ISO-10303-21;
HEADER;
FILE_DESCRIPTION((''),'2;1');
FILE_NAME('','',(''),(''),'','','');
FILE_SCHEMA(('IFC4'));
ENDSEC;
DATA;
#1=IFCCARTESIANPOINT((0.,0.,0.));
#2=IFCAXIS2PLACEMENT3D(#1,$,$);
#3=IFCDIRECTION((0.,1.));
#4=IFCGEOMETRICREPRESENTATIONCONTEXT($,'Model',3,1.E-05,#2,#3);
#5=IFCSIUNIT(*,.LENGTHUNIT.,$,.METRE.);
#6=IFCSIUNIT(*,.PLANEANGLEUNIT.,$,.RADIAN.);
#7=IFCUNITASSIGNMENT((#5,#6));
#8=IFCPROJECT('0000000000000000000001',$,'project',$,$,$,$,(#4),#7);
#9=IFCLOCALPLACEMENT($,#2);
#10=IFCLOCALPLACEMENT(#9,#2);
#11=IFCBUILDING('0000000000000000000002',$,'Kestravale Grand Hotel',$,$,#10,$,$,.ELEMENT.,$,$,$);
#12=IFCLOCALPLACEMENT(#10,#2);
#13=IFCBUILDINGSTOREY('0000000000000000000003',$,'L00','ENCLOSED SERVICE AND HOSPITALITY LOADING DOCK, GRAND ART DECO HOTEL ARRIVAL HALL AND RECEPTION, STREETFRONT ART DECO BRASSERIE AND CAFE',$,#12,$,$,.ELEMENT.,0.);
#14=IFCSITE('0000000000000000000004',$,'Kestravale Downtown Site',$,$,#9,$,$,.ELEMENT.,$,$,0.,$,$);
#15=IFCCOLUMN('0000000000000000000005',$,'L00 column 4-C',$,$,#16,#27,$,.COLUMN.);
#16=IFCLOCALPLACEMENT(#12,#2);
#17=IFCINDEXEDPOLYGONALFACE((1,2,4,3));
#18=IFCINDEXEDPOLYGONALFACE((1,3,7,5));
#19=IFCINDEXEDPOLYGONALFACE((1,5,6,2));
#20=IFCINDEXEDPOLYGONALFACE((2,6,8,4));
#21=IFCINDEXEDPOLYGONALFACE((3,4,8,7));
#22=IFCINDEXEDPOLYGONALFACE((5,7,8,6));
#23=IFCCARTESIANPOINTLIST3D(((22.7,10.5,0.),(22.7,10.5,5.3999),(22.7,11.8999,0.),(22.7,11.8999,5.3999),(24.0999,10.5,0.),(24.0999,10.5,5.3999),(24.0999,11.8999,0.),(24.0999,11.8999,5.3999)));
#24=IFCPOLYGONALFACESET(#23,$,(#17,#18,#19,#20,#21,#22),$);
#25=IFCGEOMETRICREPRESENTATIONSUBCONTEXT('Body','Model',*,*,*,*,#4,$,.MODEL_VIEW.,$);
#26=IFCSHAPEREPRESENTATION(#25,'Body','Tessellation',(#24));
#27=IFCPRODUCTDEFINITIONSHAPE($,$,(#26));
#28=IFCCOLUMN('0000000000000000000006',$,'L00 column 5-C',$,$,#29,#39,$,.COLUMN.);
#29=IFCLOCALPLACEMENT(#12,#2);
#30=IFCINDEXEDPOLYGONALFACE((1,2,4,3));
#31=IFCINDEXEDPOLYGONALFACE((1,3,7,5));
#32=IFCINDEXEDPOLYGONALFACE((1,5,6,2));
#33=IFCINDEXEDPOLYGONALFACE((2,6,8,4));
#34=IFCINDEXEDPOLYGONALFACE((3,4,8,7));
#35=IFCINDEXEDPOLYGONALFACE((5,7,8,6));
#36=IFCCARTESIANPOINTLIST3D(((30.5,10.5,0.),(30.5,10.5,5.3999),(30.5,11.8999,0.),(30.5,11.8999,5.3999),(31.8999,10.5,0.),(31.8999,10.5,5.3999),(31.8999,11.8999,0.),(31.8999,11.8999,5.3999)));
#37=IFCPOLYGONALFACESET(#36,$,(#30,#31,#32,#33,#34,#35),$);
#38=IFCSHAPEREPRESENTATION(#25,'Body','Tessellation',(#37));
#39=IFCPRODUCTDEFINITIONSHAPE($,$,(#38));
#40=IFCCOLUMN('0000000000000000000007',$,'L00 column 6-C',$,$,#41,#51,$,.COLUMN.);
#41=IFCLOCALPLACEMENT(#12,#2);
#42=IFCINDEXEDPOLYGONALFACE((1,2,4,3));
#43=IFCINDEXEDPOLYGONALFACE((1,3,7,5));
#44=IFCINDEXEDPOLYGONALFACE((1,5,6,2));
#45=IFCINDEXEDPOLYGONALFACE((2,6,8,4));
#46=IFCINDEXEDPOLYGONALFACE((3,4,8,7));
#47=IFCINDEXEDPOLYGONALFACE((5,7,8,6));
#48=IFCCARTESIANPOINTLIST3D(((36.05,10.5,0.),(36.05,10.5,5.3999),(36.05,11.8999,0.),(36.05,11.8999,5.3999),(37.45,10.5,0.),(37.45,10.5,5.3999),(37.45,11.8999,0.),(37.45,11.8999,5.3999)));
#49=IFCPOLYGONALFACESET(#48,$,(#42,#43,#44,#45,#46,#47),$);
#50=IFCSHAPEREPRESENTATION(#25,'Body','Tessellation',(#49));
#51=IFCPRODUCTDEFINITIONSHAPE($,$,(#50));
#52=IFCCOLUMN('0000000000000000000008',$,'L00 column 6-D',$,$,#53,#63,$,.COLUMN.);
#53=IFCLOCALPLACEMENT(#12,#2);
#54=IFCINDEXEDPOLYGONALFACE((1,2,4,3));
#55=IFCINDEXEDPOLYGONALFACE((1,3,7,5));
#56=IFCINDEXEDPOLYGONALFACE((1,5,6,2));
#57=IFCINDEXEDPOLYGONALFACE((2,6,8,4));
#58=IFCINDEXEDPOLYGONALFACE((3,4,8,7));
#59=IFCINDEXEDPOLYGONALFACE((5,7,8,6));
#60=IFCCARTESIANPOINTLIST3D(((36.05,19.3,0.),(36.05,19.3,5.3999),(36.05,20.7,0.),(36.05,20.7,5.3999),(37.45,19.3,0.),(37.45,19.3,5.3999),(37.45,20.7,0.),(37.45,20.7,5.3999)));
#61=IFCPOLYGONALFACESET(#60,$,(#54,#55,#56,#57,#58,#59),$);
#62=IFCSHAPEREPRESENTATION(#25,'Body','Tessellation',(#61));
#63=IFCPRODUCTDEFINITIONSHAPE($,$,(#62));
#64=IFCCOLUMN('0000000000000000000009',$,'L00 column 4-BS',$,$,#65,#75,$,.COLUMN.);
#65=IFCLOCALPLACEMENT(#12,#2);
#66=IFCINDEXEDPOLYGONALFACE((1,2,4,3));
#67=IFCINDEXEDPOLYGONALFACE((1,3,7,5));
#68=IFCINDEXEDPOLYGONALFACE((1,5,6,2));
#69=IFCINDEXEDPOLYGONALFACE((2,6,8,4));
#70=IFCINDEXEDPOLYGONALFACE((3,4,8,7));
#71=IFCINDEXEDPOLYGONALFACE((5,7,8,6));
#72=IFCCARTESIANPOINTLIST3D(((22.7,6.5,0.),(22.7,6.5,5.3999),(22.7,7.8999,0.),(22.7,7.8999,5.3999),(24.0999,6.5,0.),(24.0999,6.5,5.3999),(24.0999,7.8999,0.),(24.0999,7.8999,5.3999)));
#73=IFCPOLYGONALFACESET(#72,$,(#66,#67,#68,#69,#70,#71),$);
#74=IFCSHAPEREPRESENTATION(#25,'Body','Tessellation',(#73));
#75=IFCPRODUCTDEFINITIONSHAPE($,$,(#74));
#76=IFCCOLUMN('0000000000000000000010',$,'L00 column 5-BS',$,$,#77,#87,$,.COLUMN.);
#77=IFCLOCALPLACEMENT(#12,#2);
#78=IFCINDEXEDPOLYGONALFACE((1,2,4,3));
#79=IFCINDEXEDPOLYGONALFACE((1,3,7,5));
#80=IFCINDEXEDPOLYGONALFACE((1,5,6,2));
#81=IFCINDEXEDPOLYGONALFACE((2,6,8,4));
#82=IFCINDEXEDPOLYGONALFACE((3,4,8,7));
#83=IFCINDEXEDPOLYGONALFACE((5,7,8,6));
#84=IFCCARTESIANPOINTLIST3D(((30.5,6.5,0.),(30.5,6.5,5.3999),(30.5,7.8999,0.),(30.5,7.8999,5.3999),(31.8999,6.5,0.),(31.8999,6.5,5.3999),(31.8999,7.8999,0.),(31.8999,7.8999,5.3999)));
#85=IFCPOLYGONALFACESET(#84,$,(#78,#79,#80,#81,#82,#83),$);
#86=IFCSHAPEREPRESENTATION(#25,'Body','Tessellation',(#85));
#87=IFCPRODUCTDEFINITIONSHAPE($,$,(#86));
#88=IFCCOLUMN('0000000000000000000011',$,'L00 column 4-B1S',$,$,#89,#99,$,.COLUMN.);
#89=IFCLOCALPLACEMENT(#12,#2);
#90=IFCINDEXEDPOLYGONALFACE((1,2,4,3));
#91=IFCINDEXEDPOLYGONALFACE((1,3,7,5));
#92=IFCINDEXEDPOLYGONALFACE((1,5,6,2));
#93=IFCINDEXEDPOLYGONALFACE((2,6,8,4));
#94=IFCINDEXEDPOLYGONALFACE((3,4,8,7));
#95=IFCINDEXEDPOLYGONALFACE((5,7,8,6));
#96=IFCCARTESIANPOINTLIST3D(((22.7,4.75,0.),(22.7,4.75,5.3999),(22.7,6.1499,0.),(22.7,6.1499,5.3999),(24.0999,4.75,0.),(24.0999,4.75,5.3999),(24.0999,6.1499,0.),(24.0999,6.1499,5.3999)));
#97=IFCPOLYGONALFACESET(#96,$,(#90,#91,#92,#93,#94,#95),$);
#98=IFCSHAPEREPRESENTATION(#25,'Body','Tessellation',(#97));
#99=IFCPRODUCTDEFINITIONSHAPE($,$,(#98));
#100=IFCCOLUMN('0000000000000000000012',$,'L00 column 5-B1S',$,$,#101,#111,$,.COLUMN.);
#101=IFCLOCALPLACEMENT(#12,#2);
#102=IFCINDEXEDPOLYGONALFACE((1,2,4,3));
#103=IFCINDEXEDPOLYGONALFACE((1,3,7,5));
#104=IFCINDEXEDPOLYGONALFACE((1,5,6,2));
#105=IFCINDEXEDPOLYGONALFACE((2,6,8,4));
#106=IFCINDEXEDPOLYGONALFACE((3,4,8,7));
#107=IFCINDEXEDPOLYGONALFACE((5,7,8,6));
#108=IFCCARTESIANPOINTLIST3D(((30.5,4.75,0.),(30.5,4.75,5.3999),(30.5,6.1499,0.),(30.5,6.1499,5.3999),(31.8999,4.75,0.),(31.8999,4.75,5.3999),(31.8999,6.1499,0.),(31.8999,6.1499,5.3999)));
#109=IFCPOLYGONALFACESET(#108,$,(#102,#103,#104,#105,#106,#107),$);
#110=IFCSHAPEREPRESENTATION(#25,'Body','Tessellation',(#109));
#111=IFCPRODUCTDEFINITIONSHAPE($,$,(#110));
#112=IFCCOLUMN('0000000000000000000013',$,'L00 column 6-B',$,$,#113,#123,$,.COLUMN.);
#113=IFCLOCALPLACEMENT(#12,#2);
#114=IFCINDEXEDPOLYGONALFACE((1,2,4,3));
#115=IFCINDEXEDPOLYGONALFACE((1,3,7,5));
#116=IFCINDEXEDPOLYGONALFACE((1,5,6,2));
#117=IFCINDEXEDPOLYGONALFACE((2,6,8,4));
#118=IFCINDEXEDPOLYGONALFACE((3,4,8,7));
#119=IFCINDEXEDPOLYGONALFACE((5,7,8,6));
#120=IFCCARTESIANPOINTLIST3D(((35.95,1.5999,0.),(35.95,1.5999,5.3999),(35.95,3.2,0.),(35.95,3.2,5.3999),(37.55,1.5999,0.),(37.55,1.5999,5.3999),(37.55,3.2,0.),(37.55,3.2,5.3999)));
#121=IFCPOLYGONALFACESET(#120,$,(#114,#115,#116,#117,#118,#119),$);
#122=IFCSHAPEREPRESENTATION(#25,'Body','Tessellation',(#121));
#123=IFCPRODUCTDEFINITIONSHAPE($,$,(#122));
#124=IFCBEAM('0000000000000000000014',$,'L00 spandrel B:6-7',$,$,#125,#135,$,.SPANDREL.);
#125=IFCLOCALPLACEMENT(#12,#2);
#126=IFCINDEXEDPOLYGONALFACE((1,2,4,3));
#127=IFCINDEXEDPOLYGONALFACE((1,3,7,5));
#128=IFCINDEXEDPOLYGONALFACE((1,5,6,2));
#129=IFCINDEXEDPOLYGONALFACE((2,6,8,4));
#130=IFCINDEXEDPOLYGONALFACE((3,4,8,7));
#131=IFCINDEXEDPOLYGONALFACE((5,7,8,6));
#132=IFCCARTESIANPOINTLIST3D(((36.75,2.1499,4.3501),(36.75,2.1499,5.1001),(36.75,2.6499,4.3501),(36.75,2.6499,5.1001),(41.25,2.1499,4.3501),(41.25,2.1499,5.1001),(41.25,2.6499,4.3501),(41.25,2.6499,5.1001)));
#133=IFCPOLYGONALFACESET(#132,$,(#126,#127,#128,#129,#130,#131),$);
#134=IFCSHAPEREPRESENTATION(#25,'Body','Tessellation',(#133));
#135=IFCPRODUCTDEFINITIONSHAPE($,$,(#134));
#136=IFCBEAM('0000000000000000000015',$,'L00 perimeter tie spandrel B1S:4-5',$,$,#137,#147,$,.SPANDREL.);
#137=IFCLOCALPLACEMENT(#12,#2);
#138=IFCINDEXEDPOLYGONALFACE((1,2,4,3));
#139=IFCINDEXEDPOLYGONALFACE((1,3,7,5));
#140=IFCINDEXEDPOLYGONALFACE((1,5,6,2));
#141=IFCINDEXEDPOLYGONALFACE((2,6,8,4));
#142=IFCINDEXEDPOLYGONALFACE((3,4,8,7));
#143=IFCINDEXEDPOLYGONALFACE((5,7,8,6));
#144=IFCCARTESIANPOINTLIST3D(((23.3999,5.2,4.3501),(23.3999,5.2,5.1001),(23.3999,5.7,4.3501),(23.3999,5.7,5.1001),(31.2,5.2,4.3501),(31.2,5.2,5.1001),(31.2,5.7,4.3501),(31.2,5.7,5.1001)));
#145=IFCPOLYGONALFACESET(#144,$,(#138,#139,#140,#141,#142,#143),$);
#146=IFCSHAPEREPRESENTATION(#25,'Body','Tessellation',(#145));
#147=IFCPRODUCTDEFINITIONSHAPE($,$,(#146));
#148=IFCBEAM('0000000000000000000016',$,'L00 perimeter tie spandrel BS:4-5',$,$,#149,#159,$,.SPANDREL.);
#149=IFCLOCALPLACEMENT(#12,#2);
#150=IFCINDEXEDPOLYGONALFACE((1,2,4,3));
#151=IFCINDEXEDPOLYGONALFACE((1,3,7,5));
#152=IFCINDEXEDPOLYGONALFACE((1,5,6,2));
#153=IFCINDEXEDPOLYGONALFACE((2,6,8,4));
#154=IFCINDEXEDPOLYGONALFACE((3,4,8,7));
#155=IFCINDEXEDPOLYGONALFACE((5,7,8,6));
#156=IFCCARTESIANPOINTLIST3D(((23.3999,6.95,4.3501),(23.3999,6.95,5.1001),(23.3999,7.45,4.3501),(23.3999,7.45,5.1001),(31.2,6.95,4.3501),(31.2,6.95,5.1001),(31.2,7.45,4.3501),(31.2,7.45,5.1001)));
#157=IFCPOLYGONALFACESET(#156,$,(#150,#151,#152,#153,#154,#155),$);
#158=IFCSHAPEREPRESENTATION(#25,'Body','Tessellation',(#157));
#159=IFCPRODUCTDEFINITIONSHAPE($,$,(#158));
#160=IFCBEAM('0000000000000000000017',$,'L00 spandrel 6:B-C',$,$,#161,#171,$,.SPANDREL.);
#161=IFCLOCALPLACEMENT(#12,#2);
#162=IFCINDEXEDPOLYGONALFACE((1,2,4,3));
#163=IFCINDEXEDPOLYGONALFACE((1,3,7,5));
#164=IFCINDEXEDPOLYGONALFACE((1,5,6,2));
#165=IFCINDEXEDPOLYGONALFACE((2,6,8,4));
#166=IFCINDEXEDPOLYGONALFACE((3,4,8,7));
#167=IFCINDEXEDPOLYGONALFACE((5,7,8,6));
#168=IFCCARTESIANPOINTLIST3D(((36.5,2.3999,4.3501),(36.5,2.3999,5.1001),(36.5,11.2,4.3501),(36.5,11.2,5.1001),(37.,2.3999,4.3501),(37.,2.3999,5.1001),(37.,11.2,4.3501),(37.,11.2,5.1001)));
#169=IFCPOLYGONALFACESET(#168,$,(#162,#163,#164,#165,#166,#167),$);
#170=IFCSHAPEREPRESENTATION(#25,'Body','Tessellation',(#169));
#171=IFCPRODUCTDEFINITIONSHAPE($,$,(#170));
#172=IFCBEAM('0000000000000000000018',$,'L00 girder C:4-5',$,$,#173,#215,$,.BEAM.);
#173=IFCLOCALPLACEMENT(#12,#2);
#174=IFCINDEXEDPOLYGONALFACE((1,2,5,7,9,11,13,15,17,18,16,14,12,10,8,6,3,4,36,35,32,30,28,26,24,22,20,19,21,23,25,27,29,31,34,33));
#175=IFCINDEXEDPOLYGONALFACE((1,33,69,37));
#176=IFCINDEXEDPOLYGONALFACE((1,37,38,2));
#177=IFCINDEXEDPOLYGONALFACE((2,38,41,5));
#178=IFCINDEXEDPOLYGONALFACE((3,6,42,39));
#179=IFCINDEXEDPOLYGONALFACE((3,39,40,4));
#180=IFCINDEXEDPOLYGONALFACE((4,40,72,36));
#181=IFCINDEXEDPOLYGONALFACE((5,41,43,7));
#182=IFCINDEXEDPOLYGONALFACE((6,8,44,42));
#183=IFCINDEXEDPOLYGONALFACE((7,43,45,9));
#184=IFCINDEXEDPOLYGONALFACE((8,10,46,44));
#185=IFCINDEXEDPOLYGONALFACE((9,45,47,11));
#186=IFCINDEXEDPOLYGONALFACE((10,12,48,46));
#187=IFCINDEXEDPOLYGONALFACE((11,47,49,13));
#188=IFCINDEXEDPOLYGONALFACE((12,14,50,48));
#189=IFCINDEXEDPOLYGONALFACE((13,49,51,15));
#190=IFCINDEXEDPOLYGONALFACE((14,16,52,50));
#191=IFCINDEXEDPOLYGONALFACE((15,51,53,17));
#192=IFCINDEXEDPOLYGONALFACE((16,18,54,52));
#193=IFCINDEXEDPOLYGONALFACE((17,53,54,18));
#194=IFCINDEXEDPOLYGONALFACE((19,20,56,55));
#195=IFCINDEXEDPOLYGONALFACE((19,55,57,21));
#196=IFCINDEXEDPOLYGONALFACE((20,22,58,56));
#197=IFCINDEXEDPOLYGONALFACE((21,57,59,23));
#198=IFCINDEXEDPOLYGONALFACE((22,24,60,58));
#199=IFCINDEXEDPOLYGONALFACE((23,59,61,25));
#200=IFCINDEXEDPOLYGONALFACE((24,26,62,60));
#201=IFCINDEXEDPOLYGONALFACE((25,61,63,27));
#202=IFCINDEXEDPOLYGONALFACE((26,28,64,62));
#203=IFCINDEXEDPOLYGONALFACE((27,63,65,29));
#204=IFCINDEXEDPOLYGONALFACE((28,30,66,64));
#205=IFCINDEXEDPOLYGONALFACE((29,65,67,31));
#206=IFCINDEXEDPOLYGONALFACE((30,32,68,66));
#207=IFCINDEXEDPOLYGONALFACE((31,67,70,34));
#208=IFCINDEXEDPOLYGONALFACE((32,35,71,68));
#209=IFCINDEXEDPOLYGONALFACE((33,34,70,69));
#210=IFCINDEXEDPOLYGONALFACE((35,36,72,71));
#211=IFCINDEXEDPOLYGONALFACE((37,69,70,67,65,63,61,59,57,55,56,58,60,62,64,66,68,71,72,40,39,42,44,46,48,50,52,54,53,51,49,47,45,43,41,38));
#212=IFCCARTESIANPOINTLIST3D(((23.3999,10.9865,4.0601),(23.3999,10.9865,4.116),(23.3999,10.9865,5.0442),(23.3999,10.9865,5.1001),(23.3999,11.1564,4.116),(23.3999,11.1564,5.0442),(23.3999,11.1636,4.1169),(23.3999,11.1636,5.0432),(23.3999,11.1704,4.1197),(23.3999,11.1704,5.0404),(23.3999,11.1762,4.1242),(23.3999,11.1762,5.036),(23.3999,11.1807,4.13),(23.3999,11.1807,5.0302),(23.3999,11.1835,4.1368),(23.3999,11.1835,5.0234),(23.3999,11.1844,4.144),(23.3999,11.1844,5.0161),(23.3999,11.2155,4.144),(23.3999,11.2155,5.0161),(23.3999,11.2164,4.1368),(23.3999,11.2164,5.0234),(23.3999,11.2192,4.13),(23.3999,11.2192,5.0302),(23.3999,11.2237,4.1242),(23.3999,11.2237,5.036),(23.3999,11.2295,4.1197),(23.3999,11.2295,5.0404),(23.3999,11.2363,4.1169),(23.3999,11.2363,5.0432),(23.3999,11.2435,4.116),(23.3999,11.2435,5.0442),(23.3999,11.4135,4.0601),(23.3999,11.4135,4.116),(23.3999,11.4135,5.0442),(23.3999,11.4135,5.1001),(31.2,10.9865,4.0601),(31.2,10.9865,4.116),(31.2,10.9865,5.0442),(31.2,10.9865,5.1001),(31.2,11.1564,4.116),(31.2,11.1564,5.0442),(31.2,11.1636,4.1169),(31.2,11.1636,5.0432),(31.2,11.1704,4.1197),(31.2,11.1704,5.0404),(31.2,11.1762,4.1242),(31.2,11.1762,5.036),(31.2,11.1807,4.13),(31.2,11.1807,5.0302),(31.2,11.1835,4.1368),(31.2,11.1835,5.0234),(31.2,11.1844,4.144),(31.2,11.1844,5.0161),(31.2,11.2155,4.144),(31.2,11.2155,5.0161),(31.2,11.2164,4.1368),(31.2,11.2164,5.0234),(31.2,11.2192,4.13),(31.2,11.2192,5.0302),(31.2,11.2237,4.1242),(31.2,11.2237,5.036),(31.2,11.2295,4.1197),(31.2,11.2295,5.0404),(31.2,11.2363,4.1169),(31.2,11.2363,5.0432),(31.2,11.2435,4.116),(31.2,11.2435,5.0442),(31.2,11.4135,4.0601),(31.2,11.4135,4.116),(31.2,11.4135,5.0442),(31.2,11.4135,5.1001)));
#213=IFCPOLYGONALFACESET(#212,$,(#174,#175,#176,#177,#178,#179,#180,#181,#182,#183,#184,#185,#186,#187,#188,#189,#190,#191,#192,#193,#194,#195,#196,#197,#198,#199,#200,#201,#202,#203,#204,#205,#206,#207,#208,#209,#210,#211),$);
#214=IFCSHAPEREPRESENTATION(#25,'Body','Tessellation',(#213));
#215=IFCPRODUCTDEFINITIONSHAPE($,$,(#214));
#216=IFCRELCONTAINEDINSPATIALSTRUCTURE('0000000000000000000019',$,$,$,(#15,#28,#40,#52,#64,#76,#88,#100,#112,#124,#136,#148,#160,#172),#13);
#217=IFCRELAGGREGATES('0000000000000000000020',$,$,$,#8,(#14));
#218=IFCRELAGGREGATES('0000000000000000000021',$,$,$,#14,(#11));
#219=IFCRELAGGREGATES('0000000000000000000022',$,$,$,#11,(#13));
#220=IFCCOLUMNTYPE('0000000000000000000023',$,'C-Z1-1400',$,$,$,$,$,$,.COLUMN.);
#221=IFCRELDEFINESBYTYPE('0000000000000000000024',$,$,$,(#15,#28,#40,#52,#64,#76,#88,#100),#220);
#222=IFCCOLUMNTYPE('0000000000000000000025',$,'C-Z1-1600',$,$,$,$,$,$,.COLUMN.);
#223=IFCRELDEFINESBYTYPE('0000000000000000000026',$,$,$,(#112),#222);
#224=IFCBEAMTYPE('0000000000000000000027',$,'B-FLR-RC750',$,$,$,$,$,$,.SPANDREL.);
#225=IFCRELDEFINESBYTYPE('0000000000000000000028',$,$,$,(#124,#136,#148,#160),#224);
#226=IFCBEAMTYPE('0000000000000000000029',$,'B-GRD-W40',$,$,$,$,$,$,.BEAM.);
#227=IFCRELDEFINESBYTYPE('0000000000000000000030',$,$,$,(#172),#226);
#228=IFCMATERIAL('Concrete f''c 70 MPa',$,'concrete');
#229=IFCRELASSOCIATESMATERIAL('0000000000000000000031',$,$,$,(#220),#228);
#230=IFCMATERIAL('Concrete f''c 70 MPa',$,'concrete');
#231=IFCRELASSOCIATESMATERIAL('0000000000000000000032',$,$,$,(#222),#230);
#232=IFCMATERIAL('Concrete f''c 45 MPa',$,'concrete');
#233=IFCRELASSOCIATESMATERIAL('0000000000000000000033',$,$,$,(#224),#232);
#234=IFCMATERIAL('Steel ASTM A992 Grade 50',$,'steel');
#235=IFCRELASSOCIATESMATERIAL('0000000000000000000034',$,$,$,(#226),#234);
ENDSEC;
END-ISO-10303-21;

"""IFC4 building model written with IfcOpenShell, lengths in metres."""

from ifc_helpers import new_model, si_unit, direction, frame, origin, origin_2d, place, context, subcontext, project, spatial, rectangle, i_section, extrude, material, material_profile, profile_set, type_object, element, save


model = new_model("IFC4")

# Units and contexts
model_context = context("Model", 3, precision=1e-05, world=origin(), true_north=direction((0.0, 1.0)))
body_context = subcontext(model_context, "Body", "Model", "MODEL_VIEW")
ifc_project = project(units=[si_unit("LENGTHUNIT", "METRE"), si_unit("PLANEANGLEUNIT", "RADIAN")], contexts=[model_context])

# Site, building, storey
site_placement = place(None, origin())
site = spatial("IfcSite", under=ifc_project, at=site_placement, Name="Kestravale Downtown Site", CompositionType="ELEMENT", RefElevation=0.0)
building_placement = place(site_placement, origin())
building = spatial("IfcBuilding", under=site, at=building_placement, Name="Kestravale Grand Hotel", CompositionType="ELEMENT")
storey_placement = place(building_placement, origin())
storey = spatial("IfcBuildingStorey", under=building, at=storey_placement, Name="L00", Description="ENCLOSED SERVICE AND HOSPITALITY LOADING DOCK, GRAND ART DECO HOTEL ARRIVAL HALL AND RECEPTION, STREETFRONT ART DECO BRASSERIE AND CAFE", CompositionType="ELEMENT", Elevation=0.0)

# Columns
ifc_material_1 = material(Name="Concrete f'c 70 MPa", Category="concrete")
ifc_material_profile_1 = material_profile(ifc_material_1, rectangle(XDim=1.3999, YDim=1.3999, at=origin_2d()))
ifc_profile_set_1 = profile_set([ifc_material_profile_1], Name="Concrete f'c 70 MPa")
column_type_1 = type_object("IfcColumnType", Name="C-Z1-1400", PredefinedType="COLUMN", material=ifc_profile_set_1)
for number, where, z_axis, x_axis, name in (
    (1, (23.3999, 11.2, 0.0), (0.0, 0.0, 1.0), (1.0, 0.0, 0.0), "L00 column 4-C"),
    (2, (31.2, 11.2, 0.0), (0.0, 0.0, 1.0), (1.0, 0.0, 0.0), "L00 column 5-C"),
    (3, (36.75, 11.2, 0.0), (0.0, 0.0, 1.0), (1.0, 0.0, 0.0), "L00 column 6-C"),
    (4, (36.75, 20.0, 0.0), (0.0, 0.0, 1.0), (1.0, 0.0, 0.0), "L00 column 6-D"),
    (5, (23.3999, 7.2, 0.0), (0.0, 0.0, 1.0), (1.0, 0.0, 0.0), "L00 column 4-BS"),
    (6, (31.2, 7.2, 0.0), (0.0, 0.0, 1.0), (1.0, 0.0, 0.0), "L00 column 5-BS"),
    (7, (23.3999, 5.45, 0.0), (0.0, 0.0, 1.0), (1.0, 0.0, 0.0), "L00 column 4-B1S"),
    (8, (31.2, 5.45, 0.0), (0.0, 0.0, 1.0), (1.0, 0.0, 0.0), "L00 column 5-B1S"),
):
    element("IfcColumn", number, at=place(storey_placement, frame(where, z_axis=z_axis, x_axis=x_axis)), inside=storey, type_object=column_type_1, Name=name, PredefinedType="COLUMN", context=body_context, shape_type="SweptSolid", body=[
        extrude(rectangle(XDim=1.3999, YDim=1.3999, at=origin_2d()), origin(), (0.0, 0.0, 1.0), 5.3999),
    ])
ifc_material_2 = material(Name="Concrete f'c 70 MPa", Category="concrete")
ifc_material_profile_2 = material_profile(ifc_material_2, rectangle(XDim=1.6001, YDim=1.6001, at=origin_2d()))
ifc_profile_set_2 = profile_set([ifc_material_profile_2], Name="Concrete f'c 70 MPa")
column_type_2 = type_object("IfcColumnType", Name="C-Z1-1600", PredefinedType="COLUMN", material=ifc_profile_set_2)
column_placement = place(storey_placement, frame((36.75, 2.3999, 0.0), z_axis=(0.0, 0.0, 1.0), x_axis=(1.0, 0.0, 0.0)))
element("IfcColumn", 9, at=column_placement, inside=storey, type_object=column_type_2, Name="L00 column 6-B", PredefinedType="COLUMN", context=body_context, shape_type="SweptSolid", body=[
    extrude(rectangle(XDim=1.6001, YDim=1.6001, at=origin_2d()), origin(), (0.0, 0.0, 1.0), 5.3999),
])

# Beams
ifc_material_3 = material(Name="Concrete f'c 45 MPa", Category="concrete")
ifc_material_profile_3 = material_profile(ifc_material_3, rectangle(XDim=0.5, YDim=0.75, at=origin_2d()))
ifc_profile_set_3 = profile_set([ifc_material_profile_3], Name="Concrete f'c 45 MPa")
beam_type_1 = type_object("IfcBeamType", Name="B-FLR-RC750", PredefinedType="SPANDREL", material=ifc_profile_set_3)
beam_1_placement = place(storey_placement, frame((36.75, 2.3999, 4.7251), z_axis=(1.0, 0.0, 0.0), x_axis=(0.0, 1.0, 0.0)))
element("IfcBeam", 10, at=beam_1_placement, inside=storey, type_object=beam_type_1, Name="L00 spandrel B:6-7", PredefinedType="SPANDREL", context=body_context, shape_type="SweptSolid", body=[
    extrude(rectangle(XDim=0.5, YDim=0.75, at=origin_2d()), origin(), (0.0, 0.0, 1.0), 4.5),
])
for number, where, z_axis, x_axis, name in (
    (11, (23.3999, 5.45, 4.7251), (1.0, 0.0, 0.0), (0.0, 1.0, 0.0), "L00 perimeter tie spandrel B1S:4-5"),
    (12, (23.3999, 7.2, 4.7251), (1.0, 0.0, 0.0), (0.0, 1.0, 0.0), "L00 perimeter tie spandrel BS:4-5"),
):
    element("IfcBeam", number, at=place(storey_placement, frame(where, z_axis=z_axis, x_axis=x_axis)), inside=storey, type_object=beam_type_1, Name=name, PredefinedType="SPANDREL", context=body_context, shape_type="SweptSolid", body=[
        extrude(rectangle(XDim=0.5, YDim=0.75, at=origin_2d()), origin(), (0.0, 0.0, 1.0), 7.8),
    ])
beam_2_placement = place(storey_placement, frame((36.75, 2.3999, 4.7251), z_axis=(0.0, 1.0, 0.0), x_axis=(-1.0, 0.0, 0.0)))
element("IfcBeam", 13, at=beam_2_placement, inside=storey, type_object=beam_type_1, Name="L00 spandrel 6:B-C", PredefinedType="SPANDREL", context=body_context, shape_type="SweptSolid", body=[
    extrude(rectangle(XDim=0.5, YDim=0.75, at=origin_2d()), origin(), (0.0, 0.0, 1.0), 8.8),
])
ifc_material_4 = material(Name="Steel ASTM A992 Grade 50", Category="steel")
ifc_material_profile_4 = material_profile(ifc_material_4, i_section(OverallWidth=0.427, OverallDepth=1.04, WebThickness=0.031, FlangeThickness=0.0559, FilletRadius=0.0281, at=origin_2d()))
ifc_profile_set_4 = profile_set([ifc_material_profile_4], Name="Steel ASTM A992 Grade 50")
beam_type_2 = type_object("IfcBeamType", Name="B-GRD-W40", PredefinedType="BEAM", material=ifc_profile_set_4)
beam_3_placement = place(storey_placement, frame((23.3999, 11.2, 4.5801), z_axis=(1.0, 0.0, 0.0), x_axis=(0.0, 1.0, 0.0)))
element("IfcBeam", 14, at=beam_3_placement, inside=storey, type_object=beam_type_2, Name="L00 girder C:4-5", PredefinedType="BEAM", context=body_context, shape_type="SweptSolid", body=[
    extrude(i_section(OverallWidth=0.427, OverallDepth=1.04, WebThickness=0.031, FlangeThickness=0.0559, FilletRadius=0.0281, at=origin_2d()), origin(), (0.0, 0.0, 1.0), 7.8),
])

save(model, "model.ifc")
